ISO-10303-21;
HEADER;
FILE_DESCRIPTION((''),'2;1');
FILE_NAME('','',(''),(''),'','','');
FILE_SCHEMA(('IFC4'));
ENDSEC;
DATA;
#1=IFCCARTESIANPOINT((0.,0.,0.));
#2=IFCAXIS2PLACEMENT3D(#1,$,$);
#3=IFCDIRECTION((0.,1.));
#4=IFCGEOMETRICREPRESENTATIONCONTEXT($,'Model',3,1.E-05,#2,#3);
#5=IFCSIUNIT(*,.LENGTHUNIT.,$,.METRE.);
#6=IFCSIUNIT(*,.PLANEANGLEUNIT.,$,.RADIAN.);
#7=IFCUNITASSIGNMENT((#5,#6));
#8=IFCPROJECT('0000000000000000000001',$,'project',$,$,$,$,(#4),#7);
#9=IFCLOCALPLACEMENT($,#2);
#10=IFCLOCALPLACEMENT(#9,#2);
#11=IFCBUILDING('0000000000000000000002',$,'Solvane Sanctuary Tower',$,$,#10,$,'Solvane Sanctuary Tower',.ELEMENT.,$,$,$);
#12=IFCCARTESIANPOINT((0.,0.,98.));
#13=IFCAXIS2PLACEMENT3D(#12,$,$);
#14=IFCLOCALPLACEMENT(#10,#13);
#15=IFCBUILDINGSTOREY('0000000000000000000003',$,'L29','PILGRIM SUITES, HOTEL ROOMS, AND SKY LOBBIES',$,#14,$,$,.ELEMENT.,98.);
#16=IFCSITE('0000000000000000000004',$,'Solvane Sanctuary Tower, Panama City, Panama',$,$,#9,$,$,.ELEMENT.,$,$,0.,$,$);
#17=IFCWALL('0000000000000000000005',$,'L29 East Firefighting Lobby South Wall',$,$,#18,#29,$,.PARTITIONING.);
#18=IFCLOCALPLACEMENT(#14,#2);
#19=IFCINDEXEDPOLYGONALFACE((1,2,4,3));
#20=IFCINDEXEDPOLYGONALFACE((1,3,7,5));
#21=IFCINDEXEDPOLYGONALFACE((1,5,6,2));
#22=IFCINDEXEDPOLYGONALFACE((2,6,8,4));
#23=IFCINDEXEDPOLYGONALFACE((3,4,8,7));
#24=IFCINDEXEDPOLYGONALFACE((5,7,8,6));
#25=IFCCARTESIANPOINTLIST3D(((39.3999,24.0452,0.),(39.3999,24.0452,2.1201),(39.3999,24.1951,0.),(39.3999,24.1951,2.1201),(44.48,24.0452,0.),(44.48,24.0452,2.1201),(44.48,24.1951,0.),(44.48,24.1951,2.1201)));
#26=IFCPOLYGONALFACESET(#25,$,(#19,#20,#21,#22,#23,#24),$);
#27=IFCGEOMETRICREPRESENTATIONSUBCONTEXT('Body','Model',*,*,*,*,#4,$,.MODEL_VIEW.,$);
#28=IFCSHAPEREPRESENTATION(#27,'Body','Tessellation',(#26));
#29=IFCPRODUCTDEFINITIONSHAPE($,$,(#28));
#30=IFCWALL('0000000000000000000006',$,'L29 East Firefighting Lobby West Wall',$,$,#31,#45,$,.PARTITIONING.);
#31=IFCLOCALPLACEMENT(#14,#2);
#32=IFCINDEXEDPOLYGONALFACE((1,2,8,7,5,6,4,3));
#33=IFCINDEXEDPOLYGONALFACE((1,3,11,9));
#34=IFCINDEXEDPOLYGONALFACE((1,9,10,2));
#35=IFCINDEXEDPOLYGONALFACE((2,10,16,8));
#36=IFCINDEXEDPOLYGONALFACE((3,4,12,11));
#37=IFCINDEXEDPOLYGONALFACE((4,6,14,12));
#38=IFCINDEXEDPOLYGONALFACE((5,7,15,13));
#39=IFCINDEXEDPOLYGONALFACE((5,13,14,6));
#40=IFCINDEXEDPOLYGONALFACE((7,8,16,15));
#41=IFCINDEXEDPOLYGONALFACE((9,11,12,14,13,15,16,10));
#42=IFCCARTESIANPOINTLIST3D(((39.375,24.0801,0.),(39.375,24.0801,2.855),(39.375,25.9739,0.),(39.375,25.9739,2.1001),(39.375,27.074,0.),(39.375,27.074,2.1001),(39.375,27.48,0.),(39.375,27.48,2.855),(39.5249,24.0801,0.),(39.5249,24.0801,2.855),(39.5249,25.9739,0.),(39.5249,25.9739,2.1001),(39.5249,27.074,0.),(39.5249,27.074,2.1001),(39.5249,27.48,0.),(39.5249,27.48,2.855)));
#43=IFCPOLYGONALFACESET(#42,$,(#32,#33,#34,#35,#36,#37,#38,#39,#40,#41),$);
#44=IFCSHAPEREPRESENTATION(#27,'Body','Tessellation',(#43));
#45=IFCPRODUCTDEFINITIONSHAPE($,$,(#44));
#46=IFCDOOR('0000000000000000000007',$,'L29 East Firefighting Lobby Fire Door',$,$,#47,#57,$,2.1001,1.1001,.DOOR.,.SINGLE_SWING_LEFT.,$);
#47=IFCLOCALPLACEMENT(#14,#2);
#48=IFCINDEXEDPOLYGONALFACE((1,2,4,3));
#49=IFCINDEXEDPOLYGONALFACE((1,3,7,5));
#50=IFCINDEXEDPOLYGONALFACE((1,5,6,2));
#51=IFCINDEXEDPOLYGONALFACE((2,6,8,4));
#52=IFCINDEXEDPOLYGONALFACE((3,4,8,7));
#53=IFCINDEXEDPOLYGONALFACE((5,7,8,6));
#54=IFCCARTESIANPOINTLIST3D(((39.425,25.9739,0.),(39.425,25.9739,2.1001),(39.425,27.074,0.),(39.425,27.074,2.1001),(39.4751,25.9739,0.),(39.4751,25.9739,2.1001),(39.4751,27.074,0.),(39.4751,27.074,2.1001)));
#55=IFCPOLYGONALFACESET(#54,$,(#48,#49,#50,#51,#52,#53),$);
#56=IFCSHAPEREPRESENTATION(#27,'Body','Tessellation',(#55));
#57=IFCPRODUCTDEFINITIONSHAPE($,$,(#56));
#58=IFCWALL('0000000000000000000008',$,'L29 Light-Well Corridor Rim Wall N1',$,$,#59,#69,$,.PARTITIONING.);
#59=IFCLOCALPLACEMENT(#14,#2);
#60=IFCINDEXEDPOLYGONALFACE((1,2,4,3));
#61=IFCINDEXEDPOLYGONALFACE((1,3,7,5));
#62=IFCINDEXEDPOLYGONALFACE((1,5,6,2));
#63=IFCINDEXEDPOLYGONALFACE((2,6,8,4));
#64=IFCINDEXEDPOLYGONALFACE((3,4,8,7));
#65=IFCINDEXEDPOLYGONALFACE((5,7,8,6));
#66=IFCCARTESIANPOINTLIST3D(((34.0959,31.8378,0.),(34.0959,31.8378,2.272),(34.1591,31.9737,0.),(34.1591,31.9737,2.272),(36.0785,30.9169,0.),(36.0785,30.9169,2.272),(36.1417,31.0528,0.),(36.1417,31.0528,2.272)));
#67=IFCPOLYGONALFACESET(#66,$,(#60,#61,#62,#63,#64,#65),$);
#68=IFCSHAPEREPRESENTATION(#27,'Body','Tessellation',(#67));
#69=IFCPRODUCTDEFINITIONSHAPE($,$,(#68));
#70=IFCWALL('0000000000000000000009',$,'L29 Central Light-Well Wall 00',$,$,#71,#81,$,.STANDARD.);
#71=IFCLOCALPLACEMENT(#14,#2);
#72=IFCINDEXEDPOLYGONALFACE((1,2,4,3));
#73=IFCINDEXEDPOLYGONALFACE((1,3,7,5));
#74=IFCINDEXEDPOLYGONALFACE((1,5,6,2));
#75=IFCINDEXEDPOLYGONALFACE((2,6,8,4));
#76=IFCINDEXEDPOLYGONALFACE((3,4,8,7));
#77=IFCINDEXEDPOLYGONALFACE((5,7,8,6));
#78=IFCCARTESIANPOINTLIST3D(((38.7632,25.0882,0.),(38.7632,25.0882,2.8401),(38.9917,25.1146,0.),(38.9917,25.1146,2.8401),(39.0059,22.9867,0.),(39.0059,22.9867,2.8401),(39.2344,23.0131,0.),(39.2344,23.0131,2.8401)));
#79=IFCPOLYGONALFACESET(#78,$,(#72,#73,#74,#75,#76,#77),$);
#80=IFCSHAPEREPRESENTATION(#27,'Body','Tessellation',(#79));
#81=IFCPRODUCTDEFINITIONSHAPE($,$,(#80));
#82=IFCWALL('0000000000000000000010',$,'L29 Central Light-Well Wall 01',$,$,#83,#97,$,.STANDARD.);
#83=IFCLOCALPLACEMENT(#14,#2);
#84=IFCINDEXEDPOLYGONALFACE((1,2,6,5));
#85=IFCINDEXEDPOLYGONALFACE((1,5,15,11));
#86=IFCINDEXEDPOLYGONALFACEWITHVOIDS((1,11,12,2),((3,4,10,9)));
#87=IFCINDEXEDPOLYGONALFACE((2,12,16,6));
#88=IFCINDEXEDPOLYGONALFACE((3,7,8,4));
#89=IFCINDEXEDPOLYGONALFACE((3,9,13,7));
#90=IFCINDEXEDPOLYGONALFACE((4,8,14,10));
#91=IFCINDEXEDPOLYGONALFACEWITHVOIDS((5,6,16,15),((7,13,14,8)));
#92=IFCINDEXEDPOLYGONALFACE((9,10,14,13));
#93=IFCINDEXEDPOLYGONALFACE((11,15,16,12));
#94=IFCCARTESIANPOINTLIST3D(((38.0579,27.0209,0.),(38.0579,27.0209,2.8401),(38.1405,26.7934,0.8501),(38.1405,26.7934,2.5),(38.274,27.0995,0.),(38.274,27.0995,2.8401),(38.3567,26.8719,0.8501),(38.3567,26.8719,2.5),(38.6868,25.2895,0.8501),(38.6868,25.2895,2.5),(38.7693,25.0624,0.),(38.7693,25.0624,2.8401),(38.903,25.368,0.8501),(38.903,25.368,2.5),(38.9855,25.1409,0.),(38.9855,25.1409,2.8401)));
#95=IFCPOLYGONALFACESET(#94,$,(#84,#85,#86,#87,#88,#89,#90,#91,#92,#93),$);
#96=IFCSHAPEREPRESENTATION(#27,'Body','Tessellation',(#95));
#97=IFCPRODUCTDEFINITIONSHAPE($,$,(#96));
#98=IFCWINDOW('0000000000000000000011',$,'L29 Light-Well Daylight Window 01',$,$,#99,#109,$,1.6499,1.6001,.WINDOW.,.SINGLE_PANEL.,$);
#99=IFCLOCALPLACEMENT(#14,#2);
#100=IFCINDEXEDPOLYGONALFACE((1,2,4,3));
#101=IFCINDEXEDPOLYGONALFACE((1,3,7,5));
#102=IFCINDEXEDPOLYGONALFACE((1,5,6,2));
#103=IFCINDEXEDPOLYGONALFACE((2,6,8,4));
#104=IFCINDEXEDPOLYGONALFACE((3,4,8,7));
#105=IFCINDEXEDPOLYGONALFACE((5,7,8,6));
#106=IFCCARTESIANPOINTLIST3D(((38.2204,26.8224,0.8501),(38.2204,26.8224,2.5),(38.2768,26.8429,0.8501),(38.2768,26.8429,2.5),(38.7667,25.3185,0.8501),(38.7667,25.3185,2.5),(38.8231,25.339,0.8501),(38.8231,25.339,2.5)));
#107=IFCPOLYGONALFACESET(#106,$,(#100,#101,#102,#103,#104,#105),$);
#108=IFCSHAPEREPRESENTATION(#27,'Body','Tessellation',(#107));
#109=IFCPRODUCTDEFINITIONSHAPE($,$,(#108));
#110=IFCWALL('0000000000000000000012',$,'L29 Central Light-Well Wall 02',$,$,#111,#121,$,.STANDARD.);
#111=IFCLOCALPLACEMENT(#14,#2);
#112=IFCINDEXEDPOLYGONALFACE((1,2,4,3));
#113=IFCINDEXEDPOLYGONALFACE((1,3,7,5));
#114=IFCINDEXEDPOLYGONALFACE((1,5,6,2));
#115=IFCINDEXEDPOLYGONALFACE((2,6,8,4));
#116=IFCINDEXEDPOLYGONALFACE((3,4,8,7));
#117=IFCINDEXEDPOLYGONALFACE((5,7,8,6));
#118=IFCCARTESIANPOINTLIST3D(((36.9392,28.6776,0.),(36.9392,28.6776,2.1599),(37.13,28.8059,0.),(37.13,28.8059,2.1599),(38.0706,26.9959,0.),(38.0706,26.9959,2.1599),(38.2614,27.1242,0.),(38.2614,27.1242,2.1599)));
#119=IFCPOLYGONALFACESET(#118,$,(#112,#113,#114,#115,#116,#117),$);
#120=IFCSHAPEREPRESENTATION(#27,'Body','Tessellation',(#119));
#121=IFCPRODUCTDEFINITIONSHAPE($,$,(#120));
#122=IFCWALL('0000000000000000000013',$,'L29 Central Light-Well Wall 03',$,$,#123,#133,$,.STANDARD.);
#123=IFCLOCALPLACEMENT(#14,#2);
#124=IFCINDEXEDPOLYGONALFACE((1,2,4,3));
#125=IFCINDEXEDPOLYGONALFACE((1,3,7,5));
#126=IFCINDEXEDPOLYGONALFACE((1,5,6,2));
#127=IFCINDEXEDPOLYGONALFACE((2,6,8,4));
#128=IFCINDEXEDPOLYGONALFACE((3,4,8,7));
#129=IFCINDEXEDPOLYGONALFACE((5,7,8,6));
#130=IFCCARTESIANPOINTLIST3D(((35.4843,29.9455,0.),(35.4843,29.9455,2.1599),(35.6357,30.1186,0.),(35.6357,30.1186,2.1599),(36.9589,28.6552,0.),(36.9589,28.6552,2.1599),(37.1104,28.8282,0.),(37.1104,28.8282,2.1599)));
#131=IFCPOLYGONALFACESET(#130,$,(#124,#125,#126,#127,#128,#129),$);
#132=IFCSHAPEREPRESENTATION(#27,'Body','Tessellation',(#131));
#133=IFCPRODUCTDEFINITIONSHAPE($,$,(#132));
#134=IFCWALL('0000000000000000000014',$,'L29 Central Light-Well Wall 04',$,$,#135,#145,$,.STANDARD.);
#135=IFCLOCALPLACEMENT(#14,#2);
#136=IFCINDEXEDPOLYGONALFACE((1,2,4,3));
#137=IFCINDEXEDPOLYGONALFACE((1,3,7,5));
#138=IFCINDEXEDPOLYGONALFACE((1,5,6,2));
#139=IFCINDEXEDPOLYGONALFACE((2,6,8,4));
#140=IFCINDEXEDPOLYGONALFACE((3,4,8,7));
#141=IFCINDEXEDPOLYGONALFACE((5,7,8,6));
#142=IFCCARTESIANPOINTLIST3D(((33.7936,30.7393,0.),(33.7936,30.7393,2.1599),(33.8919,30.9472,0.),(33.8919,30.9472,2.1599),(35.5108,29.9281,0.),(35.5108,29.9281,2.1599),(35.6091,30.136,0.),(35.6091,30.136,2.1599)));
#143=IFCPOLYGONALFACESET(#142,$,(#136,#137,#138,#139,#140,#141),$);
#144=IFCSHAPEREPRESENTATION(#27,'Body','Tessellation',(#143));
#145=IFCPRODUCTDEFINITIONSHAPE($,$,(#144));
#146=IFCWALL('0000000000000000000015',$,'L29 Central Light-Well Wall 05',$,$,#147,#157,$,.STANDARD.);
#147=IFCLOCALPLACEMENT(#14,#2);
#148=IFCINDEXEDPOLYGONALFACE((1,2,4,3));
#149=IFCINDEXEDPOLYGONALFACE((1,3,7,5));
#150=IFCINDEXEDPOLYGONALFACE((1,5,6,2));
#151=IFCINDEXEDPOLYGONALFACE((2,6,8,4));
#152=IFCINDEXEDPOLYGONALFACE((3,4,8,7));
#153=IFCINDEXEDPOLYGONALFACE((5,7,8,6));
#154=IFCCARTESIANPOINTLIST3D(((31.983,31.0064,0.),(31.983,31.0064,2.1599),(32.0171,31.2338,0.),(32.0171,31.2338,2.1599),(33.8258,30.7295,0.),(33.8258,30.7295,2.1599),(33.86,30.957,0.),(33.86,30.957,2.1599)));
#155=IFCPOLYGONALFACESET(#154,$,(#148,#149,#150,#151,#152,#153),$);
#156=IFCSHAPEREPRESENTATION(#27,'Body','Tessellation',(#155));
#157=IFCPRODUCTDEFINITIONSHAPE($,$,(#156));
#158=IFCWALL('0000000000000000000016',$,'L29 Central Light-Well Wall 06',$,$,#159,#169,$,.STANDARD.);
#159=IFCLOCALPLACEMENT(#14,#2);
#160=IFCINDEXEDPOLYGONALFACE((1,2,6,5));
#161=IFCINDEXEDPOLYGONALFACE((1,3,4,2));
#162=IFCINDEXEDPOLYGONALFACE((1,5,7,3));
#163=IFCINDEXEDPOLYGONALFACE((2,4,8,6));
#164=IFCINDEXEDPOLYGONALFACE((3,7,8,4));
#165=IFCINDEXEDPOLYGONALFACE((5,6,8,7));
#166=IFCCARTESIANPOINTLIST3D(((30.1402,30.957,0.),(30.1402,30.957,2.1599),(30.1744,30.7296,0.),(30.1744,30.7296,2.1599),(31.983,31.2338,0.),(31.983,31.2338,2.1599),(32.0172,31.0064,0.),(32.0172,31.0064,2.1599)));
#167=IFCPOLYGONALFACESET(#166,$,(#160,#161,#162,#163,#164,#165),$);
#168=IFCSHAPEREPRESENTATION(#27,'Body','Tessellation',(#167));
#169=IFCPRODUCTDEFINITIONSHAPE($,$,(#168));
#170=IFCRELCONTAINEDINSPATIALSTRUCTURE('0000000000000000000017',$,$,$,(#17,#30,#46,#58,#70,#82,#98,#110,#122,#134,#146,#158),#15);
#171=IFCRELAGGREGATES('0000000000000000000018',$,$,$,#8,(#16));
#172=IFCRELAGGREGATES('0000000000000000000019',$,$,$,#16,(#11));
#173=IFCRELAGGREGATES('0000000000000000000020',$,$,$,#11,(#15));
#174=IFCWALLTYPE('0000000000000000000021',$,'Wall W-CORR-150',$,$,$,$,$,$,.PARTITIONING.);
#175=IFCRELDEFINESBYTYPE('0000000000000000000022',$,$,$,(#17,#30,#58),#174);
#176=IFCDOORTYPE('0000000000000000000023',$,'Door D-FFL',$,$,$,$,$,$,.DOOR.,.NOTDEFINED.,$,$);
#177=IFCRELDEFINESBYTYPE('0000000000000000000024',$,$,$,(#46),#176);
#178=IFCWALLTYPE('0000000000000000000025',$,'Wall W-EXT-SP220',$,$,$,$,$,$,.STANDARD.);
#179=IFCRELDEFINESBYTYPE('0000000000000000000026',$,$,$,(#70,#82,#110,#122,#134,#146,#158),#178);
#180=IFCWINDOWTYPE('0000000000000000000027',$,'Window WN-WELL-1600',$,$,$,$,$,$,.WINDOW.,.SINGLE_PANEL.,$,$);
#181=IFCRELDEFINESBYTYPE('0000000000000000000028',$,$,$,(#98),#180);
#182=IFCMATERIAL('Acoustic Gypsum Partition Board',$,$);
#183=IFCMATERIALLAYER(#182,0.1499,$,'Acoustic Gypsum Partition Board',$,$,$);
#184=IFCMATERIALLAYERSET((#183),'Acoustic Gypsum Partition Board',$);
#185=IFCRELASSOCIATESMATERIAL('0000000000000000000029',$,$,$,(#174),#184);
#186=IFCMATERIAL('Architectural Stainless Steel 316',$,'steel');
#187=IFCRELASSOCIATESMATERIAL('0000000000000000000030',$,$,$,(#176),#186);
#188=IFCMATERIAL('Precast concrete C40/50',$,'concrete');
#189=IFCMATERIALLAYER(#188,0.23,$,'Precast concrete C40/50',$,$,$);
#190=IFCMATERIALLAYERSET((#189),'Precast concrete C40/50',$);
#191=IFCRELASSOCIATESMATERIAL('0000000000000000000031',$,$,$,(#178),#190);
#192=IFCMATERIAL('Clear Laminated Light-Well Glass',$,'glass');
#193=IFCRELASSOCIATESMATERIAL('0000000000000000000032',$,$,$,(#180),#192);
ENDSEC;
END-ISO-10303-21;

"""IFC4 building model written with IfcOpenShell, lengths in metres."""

from ifc_helpers import new_model, si_unit, direction, frame, frame_2d, origin, place, context, subcontext, project, spatial, rectangle, extrude, material, layer, layer_set, type_object, element, fill, save


model = new_model("IFC4")

# Units and contexts
model_context = context("Model", 3, precision=1e-05, world=origin(), true_north=direction((0.0, 1.0)))
body_context = subcontext(model_context, "Body", "Model", "MODEL_VIEW")
ifc_project = project(units=[si_unit("LENGTHUNIT", "METRE"), si_unit("PLANEANGLEUNIT", "RADIAN")], contexts=[model_context])

# Site, building, storey
site_placement = place(None, origin())
site = spatial("IfcSite", under=ifc_project, at=site_placement, Name="Solvane Sanctuary Tower, Panama City, Panama", CompositionType="ELEMENT", RefElevation=0.0)
building_placement = place(site_placement, origin())
building = spatial("IfcBuilding", under=site, at=building_placement, Name="Solvane Sanctuary Tower", LongName="Solvane Sanctuary Tower", CompositionType="ELEMENT")
storey_placement = place(building_placement, frame((0.0, 0.0, 98.0)))
storey = spatial("IfcBuildingStorey", under=building, at=storey_placement, Name="L29", Description="PILGRIM SUITES, HOTEL ROOMS, AND SKY LOBBIES", CompositionType="ELEMENT", Elevation=98.0)

# Wall
ifc_material_1 = material(Name="Acoustic Gypsum Partition Board")
ifc_layer_1 = layer(ifc_material_1, 0.1499, Name="Acoustic Gypsum Partition Board")
ifc_layer_set_1 = layer_set([ifc_layer_1], Name="Acoustic Gypsum Partition Board")
wall_type_1 = type_object("IfcWallType", Name="Wall W-CORR-150", PredefinedType="PARTITIONING", material=ifc_layer_set_1)
wall_1_placement = place(storey_placement, frame((39.3999, 24.1201, 0.0), z_axis=(0.0, 0.0, 1.0), x_axis=(1.0, 0.0, 0.0)))
element("IfcWall", 1, at=wall_1_placement, inside=storey, type_object=wall_type_1, Name="L29 East Firefighting Lobby South Wall", PredefinedType="PARTITIONING", context=body_context, shape_type="SweptSolid", body=[
    extrude(rectangle(XDim=5.0801, YDim=0.1499, at=frame_2d((2.54, 0.0))), origin(), (0.0, 0.0, 1.0), 2.1201),
])

# Wall, opening, door
wall_2_placement = place(storey_placement, frame((39.45, 24.0801, 0.0), z_axis=(0.0, 0.0, 1.0), x_axis=(0.0, 1.0, 0.0)))
wall_2 = element("IfcWall", 2, at=wall_2_placement, inside=storey, type_object=wall_type_1, Name="L29 East Firefighting Lobby West Wall", PredefinedType="PARTITIONING", context=body_context, shape_type="SweptSolid", body=[
    extrude(rectangle(XDim=3.3999, YDim=0.1499, at=frame_2d((1.7, 0.0))), origin(), (0.0, 0.0, 1.0), 2.855),
])
opening_1_placement = place(wall_2_placement, frame((1.8938, 0.0, 0.0)))
opening_1 = element("IfcOpeningElement", 3, at=opening_1_placement, cuts=wall_2, PredefinedType="OPENING", context=body_context, shape_type="SweptSolid", body=[
    extrude(rectangle(XDim=1.1001, YDim=2.1001, at=frame_2d((0.55, 1.05))), frame((0.0, 0.085, 0.0), z_axis=(0.0, -1.0, 0.0), x_axis=(1.0, 0.0, 0.0)), (0.0, 0.0, 1.0), 0.1699),
])
ifc_material_2 = material(Name="Architectural Stainless Steel 316", Category="steel")
door_type = type_object("IfcDoorType", Name="Door D-FFL", OperationType="NOTDEFINED", PredefinedType="DOOR", material=ifc_material_2)
door_placement = place(opening_1_placement, origin())
door = element("IfcDoor", 4, at=door_placement, inside=storey, type_object=door_type, Name="L29 East Firefighting Lobby Fire Door", OperationType="SINGLE_SWING_LEFT", OverallHeight=2.1001, OverallWidth=1.1001, PredefinedType="DOOR", context=body_context, shape_type="SweptSolid", body=[
    extrude(rectangle(XDim=1.1001, YDim=2.1001, at=frame_2d((0.55, 1.05))), frame((0.0, 0.0249, 0.0), z_axis=(0.0, -1.0, 0.0), x_axis=(1.0, 0.0, 0.0)), (0.0, 0.0, 1.0), 0.05),
])
fill(opening_1, door)

# Walls
wall_3_placement = place(storey_placement, frame((36.1101, 30.9849, 0.0), z_axis=(0.0, 0.0, 1.0), x_axis=(-0.906943, 0.421252, 0.0)))
element("IfcWall", 5, at=wall_3_placement, inside=storey, type_object=wall_type_1, Name="L29 Light-Well Corridor Rim Wall N1", PredefinedType="PARTITIONING", context=body_context, shape_type="SweptSolid", body=[
    extrude(rectangle(XDim=2.186, YDim=0.1499, at=frame_2d((1.093, 0.0))), origin(), (0.0, 0.0, 1.0), 2.272),
])
ifc_material_3 = material(Name="Precast concrete C40/50", Category="concrete")
ifc_layer_2 = layer(ifc_material_3, 0.23, Name="Precast concrete C40/50")
ifc_layer_set_2 = layer_set([ifc_layer_2], Name="Precast concrete C40/50")
wall_type_2 = type_object("IfcWallType", Name="Wall W-EXT-SP220", PredefinedType="STANDARD", material=ifc_layer_set_2)
wall_4_placement = place(storey_placement, frame((39.1201, 23.0, 0.0), z_axis=(0.0, 0.0, 1.0), x_axis=(-0.114712, 0.993399, 0.0)))
element("IfcWall", 6, at=wall_4_placement, inside=storey, type_object=wall_type_2, Name="L29 Central Light-Well Wall 00", PredefinedType="STANDARD", context=body_context, shape_type="SweptSolid", body=[
    extrude(rectangle(XDim=2.1155, YDim=0.23, at=frame_2d((1.0576, 0.0))), origin(), (0.0, 0.0, 1.0), 2.8401),
])

# Wall, opening, window
wall_5_placement = place(storey_placement, frame((38.8774, 25.1016, 0.0), z_axis=(0.0, 0.0, 1.0), x_axis=(-0.341423, 0.93991, 0.0)))
wall_5 = element("IfcWall", 7, at=wall_5_placement, inside=storey, type_object=wall_type_2, Name="L29 Central Light-Well Wall 01", PredefinedType="STANDARD", context=body_context, shape_type="SweptSolid", body=[
    extrude(rectangle(XDim=2.0837, YDim=0.23, at=frame_2d((1.042, 0.0))), origin(), (0.0, 0.0, 1.0), 2.8401),
])
opening_2_placement = place(wall_5_placement, frame((0.2417, 0.0, 0.8501)))
opening_2 = element("IfcOpeningElement", 8, at=opening_2_placement, cuts=wall_5, PredefinedType="OPENING", context=body_context, shape_type="SweptSolid", body=[
    extrude(rectangle(XDim=1.6001, YDim=1.6499, at=frame_2d((0.8, 0.825))), frame((0.0, 0.125, 0.0), z_axis=(0.0, -1.0, 0.0), x_axis=(1.0, 0.0, 0.0)), (0.0, 0.0, 1.0), 0.25),
])
ifc_material_4 = material(Name="Clear Laminated Light-Well Glass", Category="glass")
window_type = type_object("IfcWindowType", Name="Window WN-WELL-1600", PartitioningType="SINGLE_PANEL", PredefinedType="WINDOW", material=ifc_material_4)
window_placement = place(opening_2_placement, origin())
window = element("IfcWindow", 9, at=window_placement, inside=storey, type_object=window_type, Name="L29 Light-Well Daylight Window 01", OverallHeight=1.6499, OverallWidth=1.6001, PartitioningType="SINGLE_PANEL", PredefinedType="WINDOW", context=body_context, shape_type="SweptSolid", body=[
    extrude(rectangle(XDim=1.6001, YDim=1.6499, at=frame_2d((0.8, 0.825))), frame((0.0, 0.03, 0.0), z_axis=(0.0, -1.0, 0.0), x_axis=(1.0, 0.0, 0.0)), (0.0, 0.0, 1.0), 0.0601),
])
fill(opening_2, window)

# Walls
wall_6_placement = place(storey_placement, frame((38.166, 27.0601, 0.0), z_axis=(0.0, 0.0, 1.0), x_axis=(-0.558198, 0.829708, 0.0)))
element("IfcWall", 10, at=wall_6_placement, inside=storey, type_object=wall_type_2, Name="L29 Central Light-Well Wall 02", PredefinedType="STANDARD", context=body_context, shape_type="SweptSolid", body=[
    extrude(rectangle(XDim=2.0269, YDim=0.23, at=frame_2d((1.0134, 0.0))), origin(), (0.0, 0.0, 1.0), 2.1599),
])
wall_7_placement = place(storey_placement, frame((37.0347, 28.7417, 0.0), z_axis=(0.0, 0.0, 1.0), x_axis=(-0.752577, 0.658505, 0.0)))
element("IfcWall", 11, at=wall_7_placement, inside=storey, type_object=wall_type_2, Name="L29 Central Light-Well Wall 03", PredefinedType="STANDARD", context=body_context, shape_type="SweptSolid", body=[
    extrude(rectangle(XDim=1.9595, YDim=0.23, at=frame_2d((0.9797, 0.0))), origin(), (0.0, 0.0, 1.0), 2.1599),
])
wall_8_placement = place(storey_placement, frame((35.5601, 30.032, 0.0), z_axis=(0.0, 0.0, 1.0), x_axis=(-0.90418, 0.427152, 0.0)))
element("IfcWall", 12, at=wall_8_placement, inside=storey, type_object=wall_type_2, Name="L29 Central Light-Well Wall 04", PredefinedType="STANDARD", context=body_context, shape_type="SweptSolid", body=[
    extrude(rectangle(XDim=1.8992, YDim=0.23, at=frame_2d((0.9497, 0.0))), origin(), (0.0, 0.0, 1.0), 2.1599),
])
for number, where, z_axis, x_axis, name in (
    (13, (33.8428, 30.8433, 0.0), (0.0, 0.0, 1.0), (-0.988902, 0.148571, 0.0), "L29 Central Light-Well Wall 05"),
    (14, (32.0, 31.1201, 0.0), (0.0, 0.0, 1.0), (-0.988902, -0.148571, 0.0), "L29 Central Light-Well Wall 06"),
):
    element("IfcWall", number, at=place(storey_placement, frame(where, z_axis=z_axis, x_axis=x_axis)), inside=storey, type_object=wall_type_2, Name=name, PredefinedType="STANDARD", context=body_context, shape_type="SweptSolid", body=[
        extrude(rectangle(XDim=1.8635, YDim=0.23, at=frame_2d((0.9316, 0.0))), origin(), (0.0, 0.0, 1.0), 2.1599),
    ])

save(model, "model.ifc")
